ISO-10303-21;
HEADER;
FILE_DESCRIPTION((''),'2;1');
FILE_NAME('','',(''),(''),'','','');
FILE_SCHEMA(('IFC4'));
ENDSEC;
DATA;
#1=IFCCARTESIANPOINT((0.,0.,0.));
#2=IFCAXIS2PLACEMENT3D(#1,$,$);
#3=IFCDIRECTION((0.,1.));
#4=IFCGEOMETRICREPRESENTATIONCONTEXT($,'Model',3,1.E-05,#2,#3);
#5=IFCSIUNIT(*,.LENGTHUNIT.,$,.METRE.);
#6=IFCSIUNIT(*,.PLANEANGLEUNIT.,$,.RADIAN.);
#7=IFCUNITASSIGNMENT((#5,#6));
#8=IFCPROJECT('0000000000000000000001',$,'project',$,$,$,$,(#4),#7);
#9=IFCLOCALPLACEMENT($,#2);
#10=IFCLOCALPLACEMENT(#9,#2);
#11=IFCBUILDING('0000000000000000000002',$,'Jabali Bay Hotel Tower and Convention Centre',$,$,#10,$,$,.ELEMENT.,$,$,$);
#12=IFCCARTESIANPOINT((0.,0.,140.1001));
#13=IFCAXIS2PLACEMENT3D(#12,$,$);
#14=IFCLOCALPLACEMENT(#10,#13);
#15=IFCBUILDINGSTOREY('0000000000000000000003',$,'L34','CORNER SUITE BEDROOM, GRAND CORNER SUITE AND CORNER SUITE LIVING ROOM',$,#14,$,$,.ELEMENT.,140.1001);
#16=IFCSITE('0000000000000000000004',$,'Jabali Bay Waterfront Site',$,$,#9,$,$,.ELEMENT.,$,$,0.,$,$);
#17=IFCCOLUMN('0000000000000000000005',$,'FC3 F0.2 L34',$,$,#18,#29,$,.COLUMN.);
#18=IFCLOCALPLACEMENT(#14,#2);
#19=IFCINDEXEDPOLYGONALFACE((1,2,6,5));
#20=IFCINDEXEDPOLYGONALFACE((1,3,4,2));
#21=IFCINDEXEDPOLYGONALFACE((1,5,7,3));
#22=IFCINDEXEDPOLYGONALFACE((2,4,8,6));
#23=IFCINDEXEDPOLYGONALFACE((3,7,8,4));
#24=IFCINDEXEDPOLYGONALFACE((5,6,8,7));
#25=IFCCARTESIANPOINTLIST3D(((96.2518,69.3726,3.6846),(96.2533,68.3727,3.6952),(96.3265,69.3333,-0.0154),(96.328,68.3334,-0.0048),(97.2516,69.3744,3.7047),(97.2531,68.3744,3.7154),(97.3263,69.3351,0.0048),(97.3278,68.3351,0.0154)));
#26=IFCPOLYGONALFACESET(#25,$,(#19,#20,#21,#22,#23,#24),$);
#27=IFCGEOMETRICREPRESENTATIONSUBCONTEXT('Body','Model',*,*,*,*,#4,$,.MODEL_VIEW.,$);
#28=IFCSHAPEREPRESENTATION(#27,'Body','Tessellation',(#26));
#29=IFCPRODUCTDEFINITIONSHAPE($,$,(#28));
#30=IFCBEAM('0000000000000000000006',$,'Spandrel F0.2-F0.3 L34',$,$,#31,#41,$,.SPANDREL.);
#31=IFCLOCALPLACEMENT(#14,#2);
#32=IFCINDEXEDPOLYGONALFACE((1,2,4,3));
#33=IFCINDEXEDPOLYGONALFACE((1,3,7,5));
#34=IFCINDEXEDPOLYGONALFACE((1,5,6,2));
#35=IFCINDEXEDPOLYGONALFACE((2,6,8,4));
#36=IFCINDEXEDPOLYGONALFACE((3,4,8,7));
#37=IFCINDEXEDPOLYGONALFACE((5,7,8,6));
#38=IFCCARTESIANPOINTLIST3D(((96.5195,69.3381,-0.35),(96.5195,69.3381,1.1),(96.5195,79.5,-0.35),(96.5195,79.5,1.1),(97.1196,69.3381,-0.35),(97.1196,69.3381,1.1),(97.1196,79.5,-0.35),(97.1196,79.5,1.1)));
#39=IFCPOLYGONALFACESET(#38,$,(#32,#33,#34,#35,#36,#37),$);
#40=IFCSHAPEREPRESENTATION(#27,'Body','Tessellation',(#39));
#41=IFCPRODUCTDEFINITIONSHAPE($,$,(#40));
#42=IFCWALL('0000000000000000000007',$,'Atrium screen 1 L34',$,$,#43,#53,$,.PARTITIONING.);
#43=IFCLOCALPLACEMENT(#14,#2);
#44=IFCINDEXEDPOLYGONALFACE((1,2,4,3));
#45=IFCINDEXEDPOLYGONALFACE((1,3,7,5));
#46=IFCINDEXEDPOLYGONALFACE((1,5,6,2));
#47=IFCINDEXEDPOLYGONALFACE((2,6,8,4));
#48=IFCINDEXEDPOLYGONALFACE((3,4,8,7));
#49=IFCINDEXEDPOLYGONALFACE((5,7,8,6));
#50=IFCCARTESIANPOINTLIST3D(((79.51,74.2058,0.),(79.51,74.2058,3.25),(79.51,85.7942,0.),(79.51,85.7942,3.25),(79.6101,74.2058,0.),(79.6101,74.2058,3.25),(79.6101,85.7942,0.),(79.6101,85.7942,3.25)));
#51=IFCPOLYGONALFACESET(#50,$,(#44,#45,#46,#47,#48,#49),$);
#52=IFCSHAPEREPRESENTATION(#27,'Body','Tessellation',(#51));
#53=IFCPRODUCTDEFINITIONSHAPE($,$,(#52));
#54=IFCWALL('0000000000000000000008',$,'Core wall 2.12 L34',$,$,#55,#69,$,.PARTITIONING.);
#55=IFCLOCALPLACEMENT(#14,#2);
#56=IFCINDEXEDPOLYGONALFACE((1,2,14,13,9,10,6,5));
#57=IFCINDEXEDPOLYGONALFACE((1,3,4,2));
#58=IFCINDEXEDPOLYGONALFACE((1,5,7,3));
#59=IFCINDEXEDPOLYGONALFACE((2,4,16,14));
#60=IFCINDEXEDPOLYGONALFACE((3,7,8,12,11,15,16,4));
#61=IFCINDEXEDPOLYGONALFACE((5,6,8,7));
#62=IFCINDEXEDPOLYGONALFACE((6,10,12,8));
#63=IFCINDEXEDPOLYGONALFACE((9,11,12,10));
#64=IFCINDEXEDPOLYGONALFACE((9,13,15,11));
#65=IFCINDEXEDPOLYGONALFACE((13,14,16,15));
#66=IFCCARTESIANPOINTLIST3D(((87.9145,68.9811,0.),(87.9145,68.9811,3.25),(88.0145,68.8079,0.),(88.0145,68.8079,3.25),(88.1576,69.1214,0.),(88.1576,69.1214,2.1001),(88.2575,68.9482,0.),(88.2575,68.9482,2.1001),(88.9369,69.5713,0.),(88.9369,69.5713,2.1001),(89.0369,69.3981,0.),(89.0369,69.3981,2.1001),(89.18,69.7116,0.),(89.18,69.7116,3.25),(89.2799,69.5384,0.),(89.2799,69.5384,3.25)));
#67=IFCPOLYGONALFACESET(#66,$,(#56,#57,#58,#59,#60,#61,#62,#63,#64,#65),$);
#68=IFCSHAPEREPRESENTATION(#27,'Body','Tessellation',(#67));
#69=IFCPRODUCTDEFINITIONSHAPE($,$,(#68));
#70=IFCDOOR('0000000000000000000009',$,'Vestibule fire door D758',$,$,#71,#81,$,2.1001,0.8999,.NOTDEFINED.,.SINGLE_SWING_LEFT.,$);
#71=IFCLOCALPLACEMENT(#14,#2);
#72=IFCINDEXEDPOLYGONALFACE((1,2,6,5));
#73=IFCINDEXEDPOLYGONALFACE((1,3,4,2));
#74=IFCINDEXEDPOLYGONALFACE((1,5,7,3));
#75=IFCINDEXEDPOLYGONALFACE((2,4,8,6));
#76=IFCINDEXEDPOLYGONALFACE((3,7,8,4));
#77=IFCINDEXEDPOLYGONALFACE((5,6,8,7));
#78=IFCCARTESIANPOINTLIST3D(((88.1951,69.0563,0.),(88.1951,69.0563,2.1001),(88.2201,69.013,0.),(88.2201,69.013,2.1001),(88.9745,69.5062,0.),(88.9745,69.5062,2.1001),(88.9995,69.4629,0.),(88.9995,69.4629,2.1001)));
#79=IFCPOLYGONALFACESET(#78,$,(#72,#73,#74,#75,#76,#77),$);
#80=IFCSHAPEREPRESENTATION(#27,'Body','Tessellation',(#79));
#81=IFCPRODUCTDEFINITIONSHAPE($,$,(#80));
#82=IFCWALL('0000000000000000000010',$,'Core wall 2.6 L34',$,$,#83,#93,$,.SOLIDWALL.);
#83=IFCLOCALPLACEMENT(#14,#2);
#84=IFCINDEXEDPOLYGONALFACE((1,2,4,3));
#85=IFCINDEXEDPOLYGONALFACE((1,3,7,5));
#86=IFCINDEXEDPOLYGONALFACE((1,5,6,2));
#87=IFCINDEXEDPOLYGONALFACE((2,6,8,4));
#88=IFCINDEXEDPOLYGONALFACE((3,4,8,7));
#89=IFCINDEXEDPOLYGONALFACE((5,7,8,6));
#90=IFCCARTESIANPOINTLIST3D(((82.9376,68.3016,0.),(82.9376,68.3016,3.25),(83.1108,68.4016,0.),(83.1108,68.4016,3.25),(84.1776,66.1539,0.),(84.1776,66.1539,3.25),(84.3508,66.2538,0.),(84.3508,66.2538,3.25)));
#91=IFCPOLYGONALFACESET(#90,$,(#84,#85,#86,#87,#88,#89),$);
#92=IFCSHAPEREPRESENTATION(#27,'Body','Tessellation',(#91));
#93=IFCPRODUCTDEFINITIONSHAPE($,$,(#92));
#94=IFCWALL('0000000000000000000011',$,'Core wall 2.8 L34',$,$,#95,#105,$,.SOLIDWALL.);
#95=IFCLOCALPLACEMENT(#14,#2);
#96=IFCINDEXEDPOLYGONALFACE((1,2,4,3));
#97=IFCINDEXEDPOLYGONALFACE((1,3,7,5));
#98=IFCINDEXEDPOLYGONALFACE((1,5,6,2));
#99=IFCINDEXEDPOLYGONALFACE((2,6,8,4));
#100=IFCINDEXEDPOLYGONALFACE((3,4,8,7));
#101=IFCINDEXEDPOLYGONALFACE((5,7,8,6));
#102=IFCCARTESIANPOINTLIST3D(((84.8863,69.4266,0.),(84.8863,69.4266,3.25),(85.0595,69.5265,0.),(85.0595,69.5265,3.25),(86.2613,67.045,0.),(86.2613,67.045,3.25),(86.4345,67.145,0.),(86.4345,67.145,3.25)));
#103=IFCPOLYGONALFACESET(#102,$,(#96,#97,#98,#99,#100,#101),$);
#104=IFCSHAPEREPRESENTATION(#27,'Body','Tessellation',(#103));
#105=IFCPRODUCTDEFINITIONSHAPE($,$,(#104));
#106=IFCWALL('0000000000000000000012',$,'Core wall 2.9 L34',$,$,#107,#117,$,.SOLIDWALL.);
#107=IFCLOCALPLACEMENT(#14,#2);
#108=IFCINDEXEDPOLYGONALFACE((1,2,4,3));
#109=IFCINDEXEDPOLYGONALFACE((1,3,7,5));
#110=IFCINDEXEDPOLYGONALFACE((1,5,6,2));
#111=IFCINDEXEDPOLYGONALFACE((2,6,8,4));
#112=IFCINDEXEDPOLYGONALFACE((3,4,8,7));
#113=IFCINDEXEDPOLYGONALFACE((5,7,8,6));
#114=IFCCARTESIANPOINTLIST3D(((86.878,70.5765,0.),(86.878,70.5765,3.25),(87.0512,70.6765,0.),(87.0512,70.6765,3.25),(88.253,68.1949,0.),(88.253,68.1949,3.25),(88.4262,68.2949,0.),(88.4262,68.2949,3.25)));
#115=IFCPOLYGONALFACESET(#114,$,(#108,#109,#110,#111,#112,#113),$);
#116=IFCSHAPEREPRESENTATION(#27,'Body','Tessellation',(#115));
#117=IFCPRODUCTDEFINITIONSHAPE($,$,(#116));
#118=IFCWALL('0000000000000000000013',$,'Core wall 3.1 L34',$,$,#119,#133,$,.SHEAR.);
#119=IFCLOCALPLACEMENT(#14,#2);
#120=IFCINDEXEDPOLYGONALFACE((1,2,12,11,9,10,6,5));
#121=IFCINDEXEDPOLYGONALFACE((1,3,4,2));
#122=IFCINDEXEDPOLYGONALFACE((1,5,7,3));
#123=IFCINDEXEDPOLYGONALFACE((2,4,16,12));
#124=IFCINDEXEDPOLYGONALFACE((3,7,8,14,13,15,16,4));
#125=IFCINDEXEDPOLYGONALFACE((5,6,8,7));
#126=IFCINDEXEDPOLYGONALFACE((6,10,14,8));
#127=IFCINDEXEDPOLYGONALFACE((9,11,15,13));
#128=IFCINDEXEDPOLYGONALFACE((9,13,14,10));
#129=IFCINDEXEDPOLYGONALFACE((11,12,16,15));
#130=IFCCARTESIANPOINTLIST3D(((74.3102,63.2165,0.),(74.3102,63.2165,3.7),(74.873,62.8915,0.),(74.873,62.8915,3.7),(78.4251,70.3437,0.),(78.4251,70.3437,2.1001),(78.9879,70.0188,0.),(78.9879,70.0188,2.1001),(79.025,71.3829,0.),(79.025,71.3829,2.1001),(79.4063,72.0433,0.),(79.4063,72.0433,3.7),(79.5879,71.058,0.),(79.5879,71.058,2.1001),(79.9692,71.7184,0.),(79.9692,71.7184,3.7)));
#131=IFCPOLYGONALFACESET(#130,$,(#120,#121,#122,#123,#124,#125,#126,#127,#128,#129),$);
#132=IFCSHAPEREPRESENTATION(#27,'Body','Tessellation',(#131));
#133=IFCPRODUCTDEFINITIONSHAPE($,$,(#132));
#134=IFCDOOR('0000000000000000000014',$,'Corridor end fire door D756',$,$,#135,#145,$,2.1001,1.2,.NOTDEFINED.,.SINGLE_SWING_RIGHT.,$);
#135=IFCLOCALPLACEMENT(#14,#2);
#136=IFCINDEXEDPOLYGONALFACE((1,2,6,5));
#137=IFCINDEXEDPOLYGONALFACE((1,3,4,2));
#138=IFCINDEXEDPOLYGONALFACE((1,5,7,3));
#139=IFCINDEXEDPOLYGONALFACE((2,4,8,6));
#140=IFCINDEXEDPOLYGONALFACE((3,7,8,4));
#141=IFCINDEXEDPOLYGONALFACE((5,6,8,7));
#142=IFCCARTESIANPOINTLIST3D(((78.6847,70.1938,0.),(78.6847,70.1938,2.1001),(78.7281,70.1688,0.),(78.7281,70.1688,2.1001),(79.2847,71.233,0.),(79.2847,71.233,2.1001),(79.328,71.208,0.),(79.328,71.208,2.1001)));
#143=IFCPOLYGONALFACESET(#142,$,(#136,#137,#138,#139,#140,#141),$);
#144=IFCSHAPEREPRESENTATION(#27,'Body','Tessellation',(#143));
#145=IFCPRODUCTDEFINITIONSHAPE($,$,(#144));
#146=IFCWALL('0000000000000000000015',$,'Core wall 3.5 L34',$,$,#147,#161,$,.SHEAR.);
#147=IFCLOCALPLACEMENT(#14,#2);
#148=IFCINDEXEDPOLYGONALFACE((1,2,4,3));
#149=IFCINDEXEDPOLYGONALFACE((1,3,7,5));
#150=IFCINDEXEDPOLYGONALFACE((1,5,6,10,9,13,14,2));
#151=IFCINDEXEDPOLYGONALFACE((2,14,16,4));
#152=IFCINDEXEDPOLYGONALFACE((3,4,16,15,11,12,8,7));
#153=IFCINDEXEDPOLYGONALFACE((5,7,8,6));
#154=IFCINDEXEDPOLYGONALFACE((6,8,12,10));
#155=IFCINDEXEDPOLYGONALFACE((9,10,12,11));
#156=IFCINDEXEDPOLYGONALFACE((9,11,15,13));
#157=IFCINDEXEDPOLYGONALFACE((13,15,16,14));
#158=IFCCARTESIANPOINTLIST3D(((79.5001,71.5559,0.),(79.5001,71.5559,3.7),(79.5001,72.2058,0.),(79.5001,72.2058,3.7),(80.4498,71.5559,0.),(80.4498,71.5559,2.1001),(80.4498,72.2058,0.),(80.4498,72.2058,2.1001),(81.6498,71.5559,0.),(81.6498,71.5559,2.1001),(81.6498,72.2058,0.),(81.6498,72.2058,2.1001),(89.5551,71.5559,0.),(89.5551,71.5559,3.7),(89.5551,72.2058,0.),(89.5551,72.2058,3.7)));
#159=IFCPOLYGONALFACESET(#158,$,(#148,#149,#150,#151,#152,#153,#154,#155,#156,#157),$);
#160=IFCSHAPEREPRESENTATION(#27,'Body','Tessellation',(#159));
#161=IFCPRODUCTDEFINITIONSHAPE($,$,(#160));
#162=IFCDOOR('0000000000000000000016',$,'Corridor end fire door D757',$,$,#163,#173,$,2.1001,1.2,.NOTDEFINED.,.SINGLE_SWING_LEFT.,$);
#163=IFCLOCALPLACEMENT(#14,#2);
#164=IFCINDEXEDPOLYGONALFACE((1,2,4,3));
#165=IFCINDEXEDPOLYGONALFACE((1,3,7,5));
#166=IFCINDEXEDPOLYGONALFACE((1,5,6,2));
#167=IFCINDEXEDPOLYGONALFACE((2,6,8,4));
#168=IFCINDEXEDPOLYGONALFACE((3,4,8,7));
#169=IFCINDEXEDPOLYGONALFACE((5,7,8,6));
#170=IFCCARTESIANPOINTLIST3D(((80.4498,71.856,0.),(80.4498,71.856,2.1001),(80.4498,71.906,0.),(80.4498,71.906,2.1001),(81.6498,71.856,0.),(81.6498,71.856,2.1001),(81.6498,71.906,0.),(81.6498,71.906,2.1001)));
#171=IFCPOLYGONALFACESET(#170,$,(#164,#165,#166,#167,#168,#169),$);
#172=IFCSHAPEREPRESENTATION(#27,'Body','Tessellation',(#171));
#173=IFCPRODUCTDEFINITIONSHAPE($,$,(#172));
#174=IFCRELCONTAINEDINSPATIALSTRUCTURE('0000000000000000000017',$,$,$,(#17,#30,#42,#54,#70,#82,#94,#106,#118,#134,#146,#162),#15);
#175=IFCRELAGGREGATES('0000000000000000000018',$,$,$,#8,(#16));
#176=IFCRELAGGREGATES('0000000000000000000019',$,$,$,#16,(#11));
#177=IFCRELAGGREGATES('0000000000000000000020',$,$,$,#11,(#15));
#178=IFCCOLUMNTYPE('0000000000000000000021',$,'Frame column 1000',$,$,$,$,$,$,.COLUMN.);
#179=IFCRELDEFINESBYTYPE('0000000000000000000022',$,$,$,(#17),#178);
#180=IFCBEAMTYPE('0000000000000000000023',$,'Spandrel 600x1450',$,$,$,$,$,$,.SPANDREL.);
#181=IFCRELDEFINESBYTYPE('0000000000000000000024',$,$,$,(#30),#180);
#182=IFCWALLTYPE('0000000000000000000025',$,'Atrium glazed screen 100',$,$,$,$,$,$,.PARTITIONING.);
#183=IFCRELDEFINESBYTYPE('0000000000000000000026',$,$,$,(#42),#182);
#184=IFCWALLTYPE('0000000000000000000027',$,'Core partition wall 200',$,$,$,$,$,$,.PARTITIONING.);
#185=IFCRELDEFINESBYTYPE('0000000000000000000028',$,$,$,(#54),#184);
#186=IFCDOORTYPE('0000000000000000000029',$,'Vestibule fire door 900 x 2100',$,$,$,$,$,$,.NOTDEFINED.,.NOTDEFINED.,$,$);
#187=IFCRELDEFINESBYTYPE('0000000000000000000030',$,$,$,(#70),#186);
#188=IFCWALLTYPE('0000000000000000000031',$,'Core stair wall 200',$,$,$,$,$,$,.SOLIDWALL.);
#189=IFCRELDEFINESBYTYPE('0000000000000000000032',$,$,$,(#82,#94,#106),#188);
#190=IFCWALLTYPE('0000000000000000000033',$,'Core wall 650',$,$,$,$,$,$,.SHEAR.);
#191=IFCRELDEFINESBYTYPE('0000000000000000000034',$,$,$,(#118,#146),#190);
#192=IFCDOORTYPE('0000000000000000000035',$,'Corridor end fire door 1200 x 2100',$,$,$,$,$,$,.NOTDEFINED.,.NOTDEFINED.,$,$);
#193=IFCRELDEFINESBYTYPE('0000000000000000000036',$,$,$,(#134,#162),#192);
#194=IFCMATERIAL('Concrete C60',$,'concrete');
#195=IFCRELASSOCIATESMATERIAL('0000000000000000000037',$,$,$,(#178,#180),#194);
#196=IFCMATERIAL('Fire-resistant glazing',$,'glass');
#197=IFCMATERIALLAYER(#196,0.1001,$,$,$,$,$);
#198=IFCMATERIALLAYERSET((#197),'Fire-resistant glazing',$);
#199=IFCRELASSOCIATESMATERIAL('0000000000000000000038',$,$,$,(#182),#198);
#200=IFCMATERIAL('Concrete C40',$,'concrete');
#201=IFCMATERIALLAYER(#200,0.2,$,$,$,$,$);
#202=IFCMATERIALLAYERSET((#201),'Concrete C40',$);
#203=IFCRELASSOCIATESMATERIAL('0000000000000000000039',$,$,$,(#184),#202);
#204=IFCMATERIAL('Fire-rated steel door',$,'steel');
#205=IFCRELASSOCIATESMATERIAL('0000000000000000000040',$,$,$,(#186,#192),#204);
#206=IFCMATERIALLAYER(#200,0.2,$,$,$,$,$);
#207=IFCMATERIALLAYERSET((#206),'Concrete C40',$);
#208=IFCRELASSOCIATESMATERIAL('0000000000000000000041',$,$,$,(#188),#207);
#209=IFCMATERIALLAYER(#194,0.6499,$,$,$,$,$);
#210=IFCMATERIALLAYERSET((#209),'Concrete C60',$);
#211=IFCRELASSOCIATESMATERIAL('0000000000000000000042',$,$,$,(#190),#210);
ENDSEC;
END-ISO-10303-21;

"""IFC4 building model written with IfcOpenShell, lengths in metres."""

from ifc_helpers import new_model, si_unit, direction, frame, frame_2d, origin, origin_2d, place, context, subcontext, project, spatial, rectangle, extrude, material, layer, layer_set, material_profile, profile_set, type_object, element, fill, save


model = new_model("IFC4")

# Units and contexts
model_context = context("Model", 3, precision=1e-05, world=origin(), true_north=direction((0.0, 1.0)))
body_context = subcontext(model_context, "Body", "Model", "MODEL_VIEW")
ifc_project = project(units=[si_unit("LENGTHUNIT", "METRE"), si_unit("PLANEANGLEUNIT", "RADIAN")], contexts=[model_context])

# Site, building, storey
site_placement = place(None, origin())
site = spatial("IfcSite", under=ifc_project, at=site_placement, Name="Jabali Bay Waterfront Site", CompositionType="ELEMENT", RefElevation=0.0)
building_placement = place(site_placement, origin())
building = spatial("IfcBuilding", under=site, at=building_placement, Name="Jabali Bay Hotel Tower and Convention Centre", CompositionType="ELEMENT")
storey_placement = place(building_placement, frame((0.0, 0.0, 140.1001)))
storey = spatial("IfcBuildingStorey", under=building, at=storey_placement, Name="L34", Description="CORNER SUITE BEDROOM, GRAND CORNER SUITE AND CORNER SUITE LIVING ROOM", CompositionType="ELEMENT", Elevation=140.1001)

# Column
ifc_material_1 = material(Name="Concrete C60", Category="concrete")
ifc_material_profile_1 = material_profile(ifc_material_1, rectangle(XDim=1.0, YDim=1.0, at=origin_2d()), Name="Frame column 1000")
ifc_profile_set_1 = profile_set([ifc_material_profile_1], Name="Concrete C60")
column_type = type_object("IfcColumnType", Name="Frame column 1000", PredefinedType="COLUMN", material=ifc_profile_set_1)
column_placement = place(storey_placement, frame((96.8271, 68.8342, 0.0), z_axis=(-0.020186, 0.010621, 0.99974), x_axis=(0.001533, -0.999942, 0.010654)))
element("IfcColumn", 1, at=column_placement, inside=storey, type_object=column_type, Name="FC3 F0.2 L34", PredefinedType="COLUMN", context=body_context, shape_type="SweptSolid", body=[
    extrude(rectangle(XDim=1.0, YDim=1.0, at=origin_2d()), origin(), (0.0, 0.0, 1.0), 3.7009),
])

# Beam
ifc_material_profile_2 = material_profile(ifc_material_1, rectangle(XDim=0.6001, YDim=1.45, at=origin_2d()), Name="Spandrel 600x1450")
ifc_profile_set_2 = profile_set([ifc_material_profile_2], Name="Concrete C60")
beam_type = type_object("IfcBeamType", Name="Spandrel 600x1450", PredefinedType="SPANDREL", material=ifc_profile_set_2)
beam_placement = place(storey_placement, frame((96.8196, 69.3381, 0.375), z_axis=(0.0, 1.0, 0.0), x_axis=(-1.0, 0.0, 0.0)))
element("IfcBeam", 2, at=beam_placement, inside=storey, type_object=beam_type, Name="Spandrel F0.2-F0.3 L34", PredefinedType="SPANDREL", context=body_context, shape_type="SweptSolid", body=[
    extrude(rectangle(XDim=0.6001, YDim=1.45, at=origin_2d()), origin(), (0.0, 0.0, 1.0), 10.1619),
])

# Wall
ifc_material_2 = material(Name="Fire-resistant glazing", Category="glass")
ifc_layer_1 = layer(ifc_material_2, 0.1001)
ifc_layer_set_1 = layer_set([ifc_layer_1], Name="Fire-resistant glazing")
wall_type_1 = type_object("IfcWallType", Name="Atrium glazed screen 100", PredefinedType="PARTITIONING", material=ifc_layer_set_1)
wall_1_placement = place(storey_placement, frame((79.5601, 74.2058, 0.0), z_axis=(0.0, 0.0, 1.0), x_axis=(0.0, 1.0, 0.0)))
element("IfcWall", 3, at=wall_1_placement, inside=storey, type_object=wall_type_1, Name="Atrium screen 1 L34", PredefinedType="PARTITIONING", context=body_context, shape_type="SweptSolid", body=[
    extrude(rectangle(XDim=11.5884, YDim=0.1001, at=frame_2d((5.7942, 0.0))), origin(), (0.0, 0.0, 1.0), 3.25),
])

# Wall, opening, door
ifc_material_3 = material(Name="Concrete C40", Category="concrete")
ifc_layer_2 = layer(ifc_material_3, 0.2)
ifc_layer_set_2 = layer_set([ifc_layer_2], Name="Concrete C40")
wall_type_2 = type_object("IfcWallType", Name="Core partition wall 200", PredefinedType="PARTITIONING", material=ifc_layer_set_2)
wall_2_placement = place(storey_placement, frame((87.9646, 68.8945, 0.0), z_axis=(0.0, 0.0, 1.0), x_axis=(0.866055, 0.499949, 0.0)))
wall_2 = element("IfcWall", 4, at=wall_2_placement, inside=storey, type_object=wall_type_2, Name="Core wall 2.12 L34", PredefinedType="PARTITIONING", context=body_context, shape_type="SweptSolid", body=[
    extrude(rectangle(XDim=1.4612, YDim=0.2, at=frame_2d((0.7305, 0.0))), origin(), (0.0, 0.0, 1.0), 3.25),
])
opening_1_placement = place(wall_2_placement, frame((0.2805, 0.0, 0.0)))
opening_1 = element("IfcOpeningElement", 5, at=opening_1_placement, cuts=wall_2, PredefinedType="OPENING", context=body_context, shape_type="SweptSolid", body=[
    extrude(rectangle(XDim=0.8999, YDim=2.1001, at=frame_2d((0.45, 1.05))), frame((0.0, 0.1104, 0.0), z_axis=(0.0, -1.0, 0.0), x_axis=(1.0, 0.0, 0.0)), (0.0, 0.0, 1.0), 0.2209),
])
ifc_material_4 = material(Name="Fire-rated steel door", Category="steel")
door_type_1 = type_object("IfcDoorType", Name="Vestibule fire door 900 x 2100", OperationType="NOTDEFINED", PredefinedType="NOTDEFINED", material=ifc_material_4)
door_1_placement = place(opening_1_placement, origin())
door_1 = element("IfcDoor", 6, at=door_1_placement, inside=storey, type_object=door_type_1, Name="Vestibule fire door D758", OperationType="SINGLE_SWING_LEFT", OverallHeight=2.1001, OverallWidth=0.8999, PredefinedType="NOTDEFINED", context=body_context, shape_type="SweptSolid", body=[
    extrude(rectangle(XDim=0.8999, YDim=2.1001, at=frame_2d((0.45, 1.05))), frame((0.0, 0.0249, 0.0), z_axis=(0.0, -1.0, 0.0), x_axis=(1.0, 0.0, 0.0)), (0.0, 0.0, 1.0), 0.05),
])
fill(opening_1, door_1)

# Walls
ifc_layer_3 = layer(ifc_material_3, 0.2)
ifc_layer_set_3 = layer_set([ifc_layer_3], Name="Concrete C40")
wall_type_3 = type_object("IfcWallType", Name="Core stair wall 200", PredefinedType="SOLIDWALL", material=ifc_layer_set_3)
wall_3_placement = place(storey_placement, frame((83.0242, 68.3516, 0.0), z_axis=(0.0, 0.0, 1.0), x_axis=(0.500004, -0.866023, 0.0)))
element("IfcWall", 7, at=wall_3_placement, inside=storey, type_object=wall_type_3, Name="Core wall 2.6 L34", PredefinedType="SOLIDWALL", context=body_context, shape_type="SweptSolid", body=[
    extrude(rectangle(XDim=2.48, YDim=0.2, at=frame_2d((1.24, 0.0))), origin(), (0.0, 0.0, 1.0), 3.25),
])
for number, where, z_axis, x_axis, name in (
    (8, (84.9729, 69.4766, 0.0), (0.0, 0.0, 1.0), (0.499997, -0.866027, 0.0), "Core wall 2.8 L34"),
    (9, (86.9646, 70.6265, 0.0), (0.0, 0.0, 1.0), (0.499997, -0.866027, 0.0), "Core wall 2.9 L34"),
):
    element("IfcWall", number, at=place(storey_placement, frame(where, z_axis=z_axis, x_axis=x_axis)), inside=storey, type_object=wall_type_3, Name=name, PredefinedType="SOLIDWALL", context=body_context, shape_type="SweptSolid", body=[
        extrude(rectangle(XDim=2.75, YDim=0.2, at=frame_2d((1.375, 0.0))), origin(), (0.0, 0.0, 1.0), 3.25),
    ])

# Walls, openings, doors
ifc_layer_4 = layer(ifc_material_1, 0.6499)
ifc_layer_set_4 = layer_set([ifc_layer_4], Name="Concrete C60")
wall_type_4 = type_object("IfcWallType", Name="Core wall 650", PredefinedType="SHEAR", material=ifc_layer_set_4)
wall_4_placement = place(storey_placement, frame((79.6877, 71.8809, 0.0), z_axis=(0.0, 0.0, 1.0), x_axis=(-0.499998, -0.866026, 0.0)))
wall_4 = element("IfcWall", 10, at=wall_4_placement, inside=storey, type_object=wall_type_4, Name="Core wall 3.1 L34", PredefinedType="SHEAR", context=body_context, shape_type="SweptSolid", body=[
    extrude(rectangle(XDim=10.1924, YDim=0.6499, at=frame_2d((5.0962, 0.0))), origin(), (0.0, 0.0, 1.0), 3.7),
])
opening_2_placement = place(wall_4_placement, frame((0.7625, 0.0, 0.0)))
opening_2 = element("IfcOpeningElement", 11, at=opening_2_placement, cuts=wall_4, PredefinedType="OPENING", context=body_context, shape_type="SweptSolid", body=[
    extrude(rectangle(XDim=1.2, YDim=2.1001, at=frame_2d((0.6001, 1.05))), frame((0.0, 0.3354, 0.0), z_axis=(0.0, -1.0, 0.0), x_axis=(1.0, 0.0, 0.0)), (0.0, 0.0, 1.0), 0.6709),
])
door_type_2 = type_object("IfcDoorType", Name="Corridor end fire door 1200 x 2100", OperationType="NOTDEFINED", PredefinedType="NOTDEFINED", material=ifc_material_4)
door_2_placement = place(opening_2_placement, origin())
door_2 = element("IfcDoor", 12, at=door_2_placement, inside=storey, type_object=door_type_2, Name="Corridor end fire door D756", OperationType="SINGLE_SWING_RIGHT", OverallHeight=2.1001, OverallWidth=1.2, PredefinedType="NOTDEFINED", context=body_context, shape_type="SweptSolid", body=[
    extrude(rectangle(XDim=1.2, YDim=2.1001, at=frame_2d((0.6001, 1.05))), frame((0.0, 0.0249, 0.0), z_axis=(0.0, -1.0, 0.0), x_axis=(1.0, 0.0, 0.0)), (0.0, 0.0, 1.0), 0.05),
])
fill(opening_2, door_2)
wall_5_placement = place(storey_placement, frame((89.5549, 71.8809, 0.0), z_axis=(0.0, 0.0, 1.0), x_axis=(-1.0, 0.0, 0.0)))
wall_5 = element("IfcWall", 13, at=wall_5_placement, inside=storey, type_object=wall_type_4, Name="Core wall 3.5 L34", PredefinedType="SHEAR", context=body_context, shape_type="SweptSolid", body=[
    extrude(rectangle(XDim=10.0549, YDim=0.6499, at=frame_2d((5.0273, 0.0))), origin(), (0.0, 0.0, 1.0), 3.7),
])
opening_3_placement = place(wall_5_placement, frame((7.905, 0.0, 0.0)))
opening_3 = element("IfcOpeningElement", 14, at=opening_3_placement, cuts=wall_5, PredefinedType="OPENING", context=body_context, shape_type="SweptSolid", body=[
    extrude(rectangle(XDim=1.2, YDim=2.1001, at=frame_2d((0.6001, 1.05))), frame((0.0, 0.3354, 0.0), z_axis=(0.0, -1.0, 0.0), x_axis=(1.0, 0.0, 0.0)), (0.0, 0.0, 1.0), 0.6709),
])
door_3_placement = place(opening_3_placement, origin())
door_3 = element("IfcDoor", 15, at=door_3_placement, inside=storey, type_object=door_type_2, Name="Corridor end fire door D757", OperationType="SINGLE_SWING_LEFT", OverallHeight=2.1001, OverallWidth=1.2, PredefinedType="NOTDEFINED", context=body_context, shape_type="SweptSolid", body=[
    extrude(rectangle(XDim=1.2, YDim=2.1001, at=frame_2d((0.6001, 1.05))), frame((0.0, 0.0249, 0.0), z_axis=(0.0, -1.0, 0.0), x_axis=(1.0, 0.0, 0.0)), (0.0, 0.0, 1.0), 0.05),
])
fill(opening_3, door_3)

save(model, "model.ifc")
